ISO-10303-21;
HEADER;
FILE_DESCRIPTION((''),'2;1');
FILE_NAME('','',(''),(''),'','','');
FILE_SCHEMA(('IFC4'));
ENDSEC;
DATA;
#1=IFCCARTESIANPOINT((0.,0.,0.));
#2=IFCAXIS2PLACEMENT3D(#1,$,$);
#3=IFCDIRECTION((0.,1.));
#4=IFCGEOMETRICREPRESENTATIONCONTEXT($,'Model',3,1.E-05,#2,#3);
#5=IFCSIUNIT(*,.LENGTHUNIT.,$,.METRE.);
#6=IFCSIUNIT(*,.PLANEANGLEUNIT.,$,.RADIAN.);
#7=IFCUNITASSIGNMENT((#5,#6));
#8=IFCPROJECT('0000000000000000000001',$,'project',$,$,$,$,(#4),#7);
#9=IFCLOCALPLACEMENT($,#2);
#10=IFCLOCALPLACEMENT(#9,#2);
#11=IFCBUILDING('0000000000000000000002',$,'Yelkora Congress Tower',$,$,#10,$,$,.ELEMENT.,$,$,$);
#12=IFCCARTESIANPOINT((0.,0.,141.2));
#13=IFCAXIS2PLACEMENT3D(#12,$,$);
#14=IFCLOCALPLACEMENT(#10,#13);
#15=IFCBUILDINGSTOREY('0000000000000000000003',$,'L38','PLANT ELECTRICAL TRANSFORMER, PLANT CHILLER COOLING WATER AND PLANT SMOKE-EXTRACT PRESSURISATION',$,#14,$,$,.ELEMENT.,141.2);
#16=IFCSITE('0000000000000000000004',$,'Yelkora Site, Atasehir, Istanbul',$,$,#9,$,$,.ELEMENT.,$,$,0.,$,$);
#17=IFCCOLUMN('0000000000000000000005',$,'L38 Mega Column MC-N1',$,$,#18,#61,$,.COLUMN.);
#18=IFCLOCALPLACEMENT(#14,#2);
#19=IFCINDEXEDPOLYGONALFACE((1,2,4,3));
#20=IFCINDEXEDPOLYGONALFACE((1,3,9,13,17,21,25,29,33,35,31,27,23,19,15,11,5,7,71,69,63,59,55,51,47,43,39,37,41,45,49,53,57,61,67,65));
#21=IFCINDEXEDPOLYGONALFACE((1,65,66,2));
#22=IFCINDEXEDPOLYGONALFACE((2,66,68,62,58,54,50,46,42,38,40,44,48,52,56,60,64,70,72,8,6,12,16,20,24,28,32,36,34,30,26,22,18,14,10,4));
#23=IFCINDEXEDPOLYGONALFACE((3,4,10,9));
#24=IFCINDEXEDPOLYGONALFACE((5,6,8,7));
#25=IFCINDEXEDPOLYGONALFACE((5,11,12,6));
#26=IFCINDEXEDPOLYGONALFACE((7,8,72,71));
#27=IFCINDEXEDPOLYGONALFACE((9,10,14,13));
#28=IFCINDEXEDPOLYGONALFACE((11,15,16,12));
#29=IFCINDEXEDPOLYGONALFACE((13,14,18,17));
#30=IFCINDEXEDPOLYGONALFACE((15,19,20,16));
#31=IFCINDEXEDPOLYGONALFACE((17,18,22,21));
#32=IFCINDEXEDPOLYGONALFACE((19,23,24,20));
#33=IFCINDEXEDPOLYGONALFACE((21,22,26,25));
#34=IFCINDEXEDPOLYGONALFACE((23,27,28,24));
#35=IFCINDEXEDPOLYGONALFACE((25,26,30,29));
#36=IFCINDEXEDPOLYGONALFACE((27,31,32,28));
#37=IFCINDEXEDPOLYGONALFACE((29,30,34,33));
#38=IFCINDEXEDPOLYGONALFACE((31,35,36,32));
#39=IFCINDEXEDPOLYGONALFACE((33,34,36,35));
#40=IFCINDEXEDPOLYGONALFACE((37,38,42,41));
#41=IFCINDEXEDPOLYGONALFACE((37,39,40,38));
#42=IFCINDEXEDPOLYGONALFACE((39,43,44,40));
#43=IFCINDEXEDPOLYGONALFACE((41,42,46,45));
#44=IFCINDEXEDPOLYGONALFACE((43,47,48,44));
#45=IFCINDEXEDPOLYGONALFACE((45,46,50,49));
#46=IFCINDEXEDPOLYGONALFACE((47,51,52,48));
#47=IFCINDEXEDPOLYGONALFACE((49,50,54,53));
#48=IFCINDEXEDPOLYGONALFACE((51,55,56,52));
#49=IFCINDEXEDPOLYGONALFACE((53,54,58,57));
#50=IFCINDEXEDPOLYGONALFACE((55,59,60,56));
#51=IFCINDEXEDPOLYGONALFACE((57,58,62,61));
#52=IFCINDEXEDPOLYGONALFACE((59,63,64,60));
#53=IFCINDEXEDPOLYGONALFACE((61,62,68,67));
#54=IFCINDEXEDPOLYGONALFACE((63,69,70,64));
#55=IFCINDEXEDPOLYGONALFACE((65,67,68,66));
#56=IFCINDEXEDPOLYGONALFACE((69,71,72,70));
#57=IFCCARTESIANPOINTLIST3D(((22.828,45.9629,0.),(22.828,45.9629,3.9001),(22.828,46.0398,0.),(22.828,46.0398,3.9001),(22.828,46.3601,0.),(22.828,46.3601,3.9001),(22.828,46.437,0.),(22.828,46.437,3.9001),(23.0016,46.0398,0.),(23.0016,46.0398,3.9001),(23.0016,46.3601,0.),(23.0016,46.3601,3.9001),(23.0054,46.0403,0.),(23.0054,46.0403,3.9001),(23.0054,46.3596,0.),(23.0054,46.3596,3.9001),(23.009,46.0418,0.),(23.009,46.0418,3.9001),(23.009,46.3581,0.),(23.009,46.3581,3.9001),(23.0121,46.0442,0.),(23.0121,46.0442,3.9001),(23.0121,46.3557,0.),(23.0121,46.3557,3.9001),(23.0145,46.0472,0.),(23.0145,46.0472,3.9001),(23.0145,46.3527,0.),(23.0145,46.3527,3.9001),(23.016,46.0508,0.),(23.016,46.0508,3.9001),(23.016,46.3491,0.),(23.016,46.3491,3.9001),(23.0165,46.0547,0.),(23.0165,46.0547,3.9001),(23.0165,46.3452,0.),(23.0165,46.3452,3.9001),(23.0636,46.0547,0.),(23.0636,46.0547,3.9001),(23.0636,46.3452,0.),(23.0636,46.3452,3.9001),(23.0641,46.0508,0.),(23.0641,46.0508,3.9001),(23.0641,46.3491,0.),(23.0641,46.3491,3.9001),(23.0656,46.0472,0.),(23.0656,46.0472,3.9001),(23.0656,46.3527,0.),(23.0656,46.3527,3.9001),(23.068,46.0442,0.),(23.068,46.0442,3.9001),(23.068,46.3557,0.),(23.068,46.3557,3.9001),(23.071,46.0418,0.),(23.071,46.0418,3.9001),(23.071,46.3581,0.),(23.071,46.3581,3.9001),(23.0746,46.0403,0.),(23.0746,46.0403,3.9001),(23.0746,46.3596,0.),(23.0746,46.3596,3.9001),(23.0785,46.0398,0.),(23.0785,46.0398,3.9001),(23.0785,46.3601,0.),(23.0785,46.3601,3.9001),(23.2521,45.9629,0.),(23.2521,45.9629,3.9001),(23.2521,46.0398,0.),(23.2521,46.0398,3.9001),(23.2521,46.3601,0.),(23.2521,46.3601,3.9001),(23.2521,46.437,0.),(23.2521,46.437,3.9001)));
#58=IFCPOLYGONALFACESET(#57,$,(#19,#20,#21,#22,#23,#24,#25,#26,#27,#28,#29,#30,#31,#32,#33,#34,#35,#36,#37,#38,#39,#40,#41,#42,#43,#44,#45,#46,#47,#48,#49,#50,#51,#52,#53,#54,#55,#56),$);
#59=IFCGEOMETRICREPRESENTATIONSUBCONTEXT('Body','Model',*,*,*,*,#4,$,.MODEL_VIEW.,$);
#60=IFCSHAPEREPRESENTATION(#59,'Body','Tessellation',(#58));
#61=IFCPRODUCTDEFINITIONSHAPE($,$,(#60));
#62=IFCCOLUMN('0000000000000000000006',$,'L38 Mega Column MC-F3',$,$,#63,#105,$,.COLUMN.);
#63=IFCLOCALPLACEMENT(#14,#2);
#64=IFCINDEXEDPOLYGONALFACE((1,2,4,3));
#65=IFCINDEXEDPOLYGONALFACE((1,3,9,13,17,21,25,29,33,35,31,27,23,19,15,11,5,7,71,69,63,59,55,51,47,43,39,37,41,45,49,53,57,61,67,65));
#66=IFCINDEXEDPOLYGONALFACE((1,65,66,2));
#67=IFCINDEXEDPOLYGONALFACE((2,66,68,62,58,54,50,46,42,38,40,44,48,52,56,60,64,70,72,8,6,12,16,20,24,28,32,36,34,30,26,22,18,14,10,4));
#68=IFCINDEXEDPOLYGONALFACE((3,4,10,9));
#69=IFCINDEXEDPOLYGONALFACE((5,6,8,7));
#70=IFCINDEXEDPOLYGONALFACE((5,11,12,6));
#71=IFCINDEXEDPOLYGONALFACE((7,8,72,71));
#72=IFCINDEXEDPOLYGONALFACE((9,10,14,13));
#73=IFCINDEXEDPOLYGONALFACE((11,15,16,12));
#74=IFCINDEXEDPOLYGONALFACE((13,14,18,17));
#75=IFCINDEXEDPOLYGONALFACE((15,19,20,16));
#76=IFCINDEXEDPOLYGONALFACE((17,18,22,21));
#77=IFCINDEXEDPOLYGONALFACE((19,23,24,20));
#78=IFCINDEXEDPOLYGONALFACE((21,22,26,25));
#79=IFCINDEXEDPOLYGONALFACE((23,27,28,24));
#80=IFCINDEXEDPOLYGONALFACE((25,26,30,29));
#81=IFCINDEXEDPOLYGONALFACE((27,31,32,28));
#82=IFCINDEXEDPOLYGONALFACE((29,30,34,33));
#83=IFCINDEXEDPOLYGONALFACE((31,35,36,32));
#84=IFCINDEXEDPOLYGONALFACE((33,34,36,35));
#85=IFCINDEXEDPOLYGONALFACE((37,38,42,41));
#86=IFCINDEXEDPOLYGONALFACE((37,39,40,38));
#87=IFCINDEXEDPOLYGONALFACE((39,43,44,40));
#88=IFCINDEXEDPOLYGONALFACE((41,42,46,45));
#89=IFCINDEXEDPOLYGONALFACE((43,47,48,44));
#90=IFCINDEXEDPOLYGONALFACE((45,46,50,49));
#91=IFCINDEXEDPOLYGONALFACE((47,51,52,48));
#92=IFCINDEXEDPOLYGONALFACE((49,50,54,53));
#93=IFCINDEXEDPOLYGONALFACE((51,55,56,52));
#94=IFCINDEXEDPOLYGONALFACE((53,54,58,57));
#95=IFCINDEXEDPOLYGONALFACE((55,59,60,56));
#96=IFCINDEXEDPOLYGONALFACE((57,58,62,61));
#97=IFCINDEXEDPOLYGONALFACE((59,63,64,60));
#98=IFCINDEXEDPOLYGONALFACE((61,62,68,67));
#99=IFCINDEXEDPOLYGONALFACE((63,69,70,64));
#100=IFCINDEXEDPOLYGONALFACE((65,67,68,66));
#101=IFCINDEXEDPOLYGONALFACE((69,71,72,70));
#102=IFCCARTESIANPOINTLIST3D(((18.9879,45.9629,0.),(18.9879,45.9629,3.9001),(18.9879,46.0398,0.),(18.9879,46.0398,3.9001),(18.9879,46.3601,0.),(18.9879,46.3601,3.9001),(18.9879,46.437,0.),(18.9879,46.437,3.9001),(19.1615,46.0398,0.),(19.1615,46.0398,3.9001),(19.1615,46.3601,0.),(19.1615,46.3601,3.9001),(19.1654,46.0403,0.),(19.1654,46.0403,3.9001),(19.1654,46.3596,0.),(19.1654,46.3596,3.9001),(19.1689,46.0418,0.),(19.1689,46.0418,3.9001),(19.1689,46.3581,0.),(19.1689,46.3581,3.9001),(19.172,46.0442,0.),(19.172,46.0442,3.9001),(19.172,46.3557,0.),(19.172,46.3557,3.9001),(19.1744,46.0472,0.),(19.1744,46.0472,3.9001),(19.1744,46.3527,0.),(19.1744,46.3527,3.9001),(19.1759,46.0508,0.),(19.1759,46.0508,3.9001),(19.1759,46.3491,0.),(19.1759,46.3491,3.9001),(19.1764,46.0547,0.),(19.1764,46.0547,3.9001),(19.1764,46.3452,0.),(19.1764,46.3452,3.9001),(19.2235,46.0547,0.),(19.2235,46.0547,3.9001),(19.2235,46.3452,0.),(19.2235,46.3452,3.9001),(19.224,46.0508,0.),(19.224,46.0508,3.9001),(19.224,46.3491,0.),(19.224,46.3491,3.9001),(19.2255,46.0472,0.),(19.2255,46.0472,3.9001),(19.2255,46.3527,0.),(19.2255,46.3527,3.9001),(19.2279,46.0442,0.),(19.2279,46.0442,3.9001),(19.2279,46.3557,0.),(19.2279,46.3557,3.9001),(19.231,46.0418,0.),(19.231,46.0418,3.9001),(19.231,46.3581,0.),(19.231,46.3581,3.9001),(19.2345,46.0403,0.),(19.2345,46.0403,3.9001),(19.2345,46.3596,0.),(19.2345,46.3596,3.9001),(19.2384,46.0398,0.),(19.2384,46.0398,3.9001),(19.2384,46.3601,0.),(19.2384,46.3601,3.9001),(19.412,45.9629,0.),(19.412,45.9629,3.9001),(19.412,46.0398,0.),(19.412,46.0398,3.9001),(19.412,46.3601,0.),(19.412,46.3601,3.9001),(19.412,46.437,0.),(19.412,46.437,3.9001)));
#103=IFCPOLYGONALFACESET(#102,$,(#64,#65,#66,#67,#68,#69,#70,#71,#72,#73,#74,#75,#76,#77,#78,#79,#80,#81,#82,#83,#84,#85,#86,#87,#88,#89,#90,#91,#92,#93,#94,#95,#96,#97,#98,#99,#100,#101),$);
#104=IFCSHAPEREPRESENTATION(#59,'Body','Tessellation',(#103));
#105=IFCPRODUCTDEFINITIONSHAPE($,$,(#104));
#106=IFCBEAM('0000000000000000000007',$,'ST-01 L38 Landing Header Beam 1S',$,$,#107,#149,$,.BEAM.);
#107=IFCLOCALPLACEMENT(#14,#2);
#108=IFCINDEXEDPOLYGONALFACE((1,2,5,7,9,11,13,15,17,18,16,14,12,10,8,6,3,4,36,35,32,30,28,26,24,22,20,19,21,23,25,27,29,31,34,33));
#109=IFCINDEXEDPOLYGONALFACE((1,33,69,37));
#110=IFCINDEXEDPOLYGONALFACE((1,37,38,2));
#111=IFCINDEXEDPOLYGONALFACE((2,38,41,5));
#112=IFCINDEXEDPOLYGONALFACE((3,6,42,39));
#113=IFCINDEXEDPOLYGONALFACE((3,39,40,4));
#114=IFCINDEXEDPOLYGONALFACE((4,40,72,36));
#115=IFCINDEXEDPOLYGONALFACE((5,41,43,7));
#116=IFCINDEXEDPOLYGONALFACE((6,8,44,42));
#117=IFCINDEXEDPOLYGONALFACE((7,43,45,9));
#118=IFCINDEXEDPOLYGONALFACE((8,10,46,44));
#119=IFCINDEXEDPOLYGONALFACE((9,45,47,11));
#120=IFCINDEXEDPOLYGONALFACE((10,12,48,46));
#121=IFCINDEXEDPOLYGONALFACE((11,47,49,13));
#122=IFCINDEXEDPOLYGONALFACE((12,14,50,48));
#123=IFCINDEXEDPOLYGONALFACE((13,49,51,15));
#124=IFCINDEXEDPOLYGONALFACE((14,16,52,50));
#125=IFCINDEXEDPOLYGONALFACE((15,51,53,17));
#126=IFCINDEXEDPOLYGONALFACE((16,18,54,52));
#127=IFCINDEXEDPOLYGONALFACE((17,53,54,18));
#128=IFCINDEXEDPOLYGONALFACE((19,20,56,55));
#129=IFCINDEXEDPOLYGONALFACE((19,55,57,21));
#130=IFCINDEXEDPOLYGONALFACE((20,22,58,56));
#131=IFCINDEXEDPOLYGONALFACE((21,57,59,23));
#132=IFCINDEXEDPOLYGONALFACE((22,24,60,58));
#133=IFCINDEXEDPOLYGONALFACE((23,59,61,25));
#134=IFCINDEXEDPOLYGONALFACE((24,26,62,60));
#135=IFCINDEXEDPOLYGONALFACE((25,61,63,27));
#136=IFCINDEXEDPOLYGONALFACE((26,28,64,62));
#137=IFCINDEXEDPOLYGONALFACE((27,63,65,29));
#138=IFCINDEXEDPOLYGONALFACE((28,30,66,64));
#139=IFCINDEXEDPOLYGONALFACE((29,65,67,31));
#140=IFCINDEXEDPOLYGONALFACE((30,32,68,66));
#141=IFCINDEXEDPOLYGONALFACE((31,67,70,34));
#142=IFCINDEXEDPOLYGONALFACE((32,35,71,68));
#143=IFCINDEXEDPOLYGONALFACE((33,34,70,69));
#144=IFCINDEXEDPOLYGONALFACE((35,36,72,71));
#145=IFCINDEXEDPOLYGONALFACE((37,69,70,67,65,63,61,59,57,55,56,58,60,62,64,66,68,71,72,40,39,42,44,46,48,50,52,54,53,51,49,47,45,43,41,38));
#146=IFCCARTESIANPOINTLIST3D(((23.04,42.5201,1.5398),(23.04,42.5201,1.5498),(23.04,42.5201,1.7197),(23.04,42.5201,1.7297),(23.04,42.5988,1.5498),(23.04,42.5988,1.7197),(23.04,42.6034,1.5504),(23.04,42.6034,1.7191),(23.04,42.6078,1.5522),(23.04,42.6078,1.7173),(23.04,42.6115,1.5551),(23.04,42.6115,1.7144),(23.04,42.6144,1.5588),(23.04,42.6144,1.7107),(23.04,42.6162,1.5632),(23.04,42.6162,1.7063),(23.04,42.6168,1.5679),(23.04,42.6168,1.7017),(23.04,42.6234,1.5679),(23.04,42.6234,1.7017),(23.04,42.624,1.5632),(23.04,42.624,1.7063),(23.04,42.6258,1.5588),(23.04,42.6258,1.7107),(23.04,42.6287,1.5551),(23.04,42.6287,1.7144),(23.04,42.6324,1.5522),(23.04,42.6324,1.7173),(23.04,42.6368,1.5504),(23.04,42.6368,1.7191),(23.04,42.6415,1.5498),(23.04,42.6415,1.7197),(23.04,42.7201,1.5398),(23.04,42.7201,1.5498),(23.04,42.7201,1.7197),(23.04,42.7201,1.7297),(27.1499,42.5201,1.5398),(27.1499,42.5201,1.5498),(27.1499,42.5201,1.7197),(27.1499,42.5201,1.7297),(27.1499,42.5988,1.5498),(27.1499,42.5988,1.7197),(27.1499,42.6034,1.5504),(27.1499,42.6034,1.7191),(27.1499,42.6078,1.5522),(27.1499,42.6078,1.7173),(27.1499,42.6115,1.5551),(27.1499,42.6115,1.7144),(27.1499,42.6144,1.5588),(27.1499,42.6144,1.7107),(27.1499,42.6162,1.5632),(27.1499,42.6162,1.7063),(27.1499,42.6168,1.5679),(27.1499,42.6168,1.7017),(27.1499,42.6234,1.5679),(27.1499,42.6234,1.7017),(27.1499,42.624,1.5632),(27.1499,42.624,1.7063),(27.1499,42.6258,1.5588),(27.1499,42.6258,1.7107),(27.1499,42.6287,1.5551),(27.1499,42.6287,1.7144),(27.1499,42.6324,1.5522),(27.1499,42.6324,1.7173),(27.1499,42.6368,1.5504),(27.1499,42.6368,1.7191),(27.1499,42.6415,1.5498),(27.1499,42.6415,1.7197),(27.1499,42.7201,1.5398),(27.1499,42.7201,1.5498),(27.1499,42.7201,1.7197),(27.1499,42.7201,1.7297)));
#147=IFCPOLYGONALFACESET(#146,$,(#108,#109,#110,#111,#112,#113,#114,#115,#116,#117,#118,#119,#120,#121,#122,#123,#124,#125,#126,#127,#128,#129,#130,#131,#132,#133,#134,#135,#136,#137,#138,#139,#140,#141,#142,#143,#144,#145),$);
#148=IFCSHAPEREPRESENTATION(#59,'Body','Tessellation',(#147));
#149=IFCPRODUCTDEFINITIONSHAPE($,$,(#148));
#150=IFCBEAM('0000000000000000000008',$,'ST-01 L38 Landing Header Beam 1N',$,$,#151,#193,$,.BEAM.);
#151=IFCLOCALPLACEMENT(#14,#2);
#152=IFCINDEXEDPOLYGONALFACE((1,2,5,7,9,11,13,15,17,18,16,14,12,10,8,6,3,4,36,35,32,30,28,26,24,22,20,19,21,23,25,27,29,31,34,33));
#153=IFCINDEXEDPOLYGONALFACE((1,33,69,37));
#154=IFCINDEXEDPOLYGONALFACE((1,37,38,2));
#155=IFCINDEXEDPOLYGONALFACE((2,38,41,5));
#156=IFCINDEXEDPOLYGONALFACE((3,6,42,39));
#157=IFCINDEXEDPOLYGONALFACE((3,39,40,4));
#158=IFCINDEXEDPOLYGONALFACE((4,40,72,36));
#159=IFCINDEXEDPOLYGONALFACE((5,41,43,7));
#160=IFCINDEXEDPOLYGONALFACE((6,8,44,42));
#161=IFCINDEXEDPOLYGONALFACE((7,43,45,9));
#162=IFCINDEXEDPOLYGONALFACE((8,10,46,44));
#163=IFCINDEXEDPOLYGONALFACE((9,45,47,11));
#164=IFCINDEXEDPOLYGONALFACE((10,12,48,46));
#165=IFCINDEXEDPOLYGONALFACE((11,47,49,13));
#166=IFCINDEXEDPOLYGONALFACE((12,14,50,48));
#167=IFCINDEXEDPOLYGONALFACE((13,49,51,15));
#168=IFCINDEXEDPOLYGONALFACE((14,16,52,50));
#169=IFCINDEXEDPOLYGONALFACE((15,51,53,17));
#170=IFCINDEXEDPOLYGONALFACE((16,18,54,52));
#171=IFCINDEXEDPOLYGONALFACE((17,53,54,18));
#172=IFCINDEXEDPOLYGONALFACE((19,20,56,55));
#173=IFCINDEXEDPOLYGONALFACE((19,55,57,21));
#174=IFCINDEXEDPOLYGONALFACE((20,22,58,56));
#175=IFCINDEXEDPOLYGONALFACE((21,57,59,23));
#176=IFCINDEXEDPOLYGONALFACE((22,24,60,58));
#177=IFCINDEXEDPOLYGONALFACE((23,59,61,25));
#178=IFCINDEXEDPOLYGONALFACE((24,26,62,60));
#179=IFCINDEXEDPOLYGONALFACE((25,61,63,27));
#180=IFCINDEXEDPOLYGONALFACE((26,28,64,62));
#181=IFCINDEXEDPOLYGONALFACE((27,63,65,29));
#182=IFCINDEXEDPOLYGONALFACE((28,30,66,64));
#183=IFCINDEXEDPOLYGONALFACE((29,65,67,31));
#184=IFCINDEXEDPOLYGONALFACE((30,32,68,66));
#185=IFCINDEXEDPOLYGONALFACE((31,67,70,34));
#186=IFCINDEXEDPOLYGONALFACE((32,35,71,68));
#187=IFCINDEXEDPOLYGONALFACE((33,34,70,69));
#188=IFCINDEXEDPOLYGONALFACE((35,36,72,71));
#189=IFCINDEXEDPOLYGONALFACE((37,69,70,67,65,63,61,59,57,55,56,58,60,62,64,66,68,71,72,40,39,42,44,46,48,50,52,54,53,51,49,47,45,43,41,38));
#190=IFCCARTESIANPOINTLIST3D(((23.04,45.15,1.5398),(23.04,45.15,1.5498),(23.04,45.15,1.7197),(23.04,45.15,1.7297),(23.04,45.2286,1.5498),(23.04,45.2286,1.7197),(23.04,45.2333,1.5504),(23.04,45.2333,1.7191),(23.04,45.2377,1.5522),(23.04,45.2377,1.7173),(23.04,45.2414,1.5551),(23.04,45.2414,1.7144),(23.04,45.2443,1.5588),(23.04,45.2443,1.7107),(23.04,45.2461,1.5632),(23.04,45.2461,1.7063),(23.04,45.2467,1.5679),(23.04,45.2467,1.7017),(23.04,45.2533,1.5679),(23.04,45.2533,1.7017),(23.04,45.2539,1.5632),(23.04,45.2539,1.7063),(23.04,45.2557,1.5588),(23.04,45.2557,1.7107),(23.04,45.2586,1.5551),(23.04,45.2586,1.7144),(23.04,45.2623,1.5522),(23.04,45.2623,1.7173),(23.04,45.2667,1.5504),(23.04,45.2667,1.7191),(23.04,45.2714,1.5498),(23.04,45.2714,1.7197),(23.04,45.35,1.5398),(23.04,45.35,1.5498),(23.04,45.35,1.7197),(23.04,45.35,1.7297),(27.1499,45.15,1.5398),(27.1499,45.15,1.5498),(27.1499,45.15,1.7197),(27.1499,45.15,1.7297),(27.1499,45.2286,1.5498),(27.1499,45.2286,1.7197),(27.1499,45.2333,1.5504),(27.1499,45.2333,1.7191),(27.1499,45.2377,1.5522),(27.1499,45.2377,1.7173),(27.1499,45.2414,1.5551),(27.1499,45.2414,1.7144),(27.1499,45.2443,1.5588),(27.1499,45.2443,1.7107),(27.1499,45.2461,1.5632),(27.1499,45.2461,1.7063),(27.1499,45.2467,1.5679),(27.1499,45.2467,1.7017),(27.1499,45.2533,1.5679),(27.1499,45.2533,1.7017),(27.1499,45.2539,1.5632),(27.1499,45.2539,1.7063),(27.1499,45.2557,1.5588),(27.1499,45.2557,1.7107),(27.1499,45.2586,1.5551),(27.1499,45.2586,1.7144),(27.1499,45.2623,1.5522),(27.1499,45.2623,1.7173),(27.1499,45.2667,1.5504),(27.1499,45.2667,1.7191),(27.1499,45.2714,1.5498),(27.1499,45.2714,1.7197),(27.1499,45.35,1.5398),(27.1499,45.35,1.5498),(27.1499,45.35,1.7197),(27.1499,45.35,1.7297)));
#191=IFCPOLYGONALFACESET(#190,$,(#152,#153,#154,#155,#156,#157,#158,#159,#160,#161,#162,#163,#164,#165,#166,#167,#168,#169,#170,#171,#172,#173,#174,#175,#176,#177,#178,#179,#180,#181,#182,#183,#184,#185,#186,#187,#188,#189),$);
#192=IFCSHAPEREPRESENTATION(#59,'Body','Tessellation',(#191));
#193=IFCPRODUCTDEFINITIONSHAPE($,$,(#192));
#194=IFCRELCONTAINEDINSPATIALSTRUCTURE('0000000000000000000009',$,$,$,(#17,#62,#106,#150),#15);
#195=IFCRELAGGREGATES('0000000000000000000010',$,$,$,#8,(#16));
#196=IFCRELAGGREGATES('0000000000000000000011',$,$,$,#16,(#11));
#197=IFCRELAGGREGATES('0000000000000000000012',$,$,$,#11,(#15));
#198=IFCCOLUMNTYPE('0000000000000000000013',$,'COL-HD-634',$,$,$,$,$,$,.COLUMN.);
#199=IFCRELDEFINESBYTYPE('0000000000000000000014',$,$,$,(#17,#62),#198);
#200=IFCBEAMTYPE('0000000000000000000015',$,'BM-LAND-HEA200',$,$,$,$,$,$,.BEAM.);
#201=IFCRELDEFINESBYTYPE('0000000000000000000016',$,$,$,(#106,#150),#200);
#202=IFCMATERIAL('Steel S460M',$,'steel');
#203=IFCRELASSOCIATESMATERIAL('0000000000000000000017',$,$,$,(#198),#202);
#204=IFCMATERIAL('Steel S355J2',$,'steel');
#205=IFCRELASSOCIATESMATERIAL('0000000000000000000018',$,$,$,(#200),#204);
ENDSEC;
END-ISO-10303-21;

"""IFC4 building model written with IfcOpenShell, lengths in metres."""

from ifc_helpers import new_model, si_unit, direction, frame, origin, origin_2d, place, context, subcontext, project, spatial, i_section, extrude, material, material_profile, profile_set, type_object, element, save


model = new_model("IFC4")

# Units and contexts
model_context = context("Model", 3, precision=1e-05, world=origin(), true_north=direction((0.0, 1.0)))
body_context = subcontext(model_context, "Body", "Model", "MODEL_VIEW")
ifc_project = project(units=[si_unit("LENGTHUNIT", "METRE"), si_unit("PLANEANGLEUNIT", "RADIAN")], contexts=[model_context])

# Site, building, storey
site_placement = place(None, origin())
site = spatial("IfcSite", under=ifc_project, at=site_placement, Name="Yelkora Site, Atasehir, Istanbul", CompositionType="ELEMENT", RefElevation=0.0)
building_placement = place(site_placement, origin())
building = spatial("IfcBuilding", under=site, at=building_placement, Name="Yelkora Congress Tower", CompositionType="ELEMENT")
storey_placement = place(building_placement, frame((0.0, 0.0, 141.2)))
storey = spatial("IfcBuildingStorey", under=building, at=storey_placement, Name="L38", Description="PLANT ELECTRICAL TRANSFORMER, PLANT CHILLER COOLING WATER AND PLANT SMOKE-EXTRACT PRESSURISATION", CompositionType="ELEMENT", Elevation=141.2)

# Columns
ifc_material_1 = material(Name="Steel S460M", Category="steel")
ifc_material_profile_1 = material_profile(ifc_material_1, i_section(OverallWidth=0.4241, OverallDepth=0.4741, WebThickness=0.0471, FlangeThickness=0.0769, FilletRadius=0.0149, at=origin_2d()), Name="HD 400x634")
ifc_profile_set_1 = profile_set([ifc_material_profile_1], Name="Steel S460M")
column_type = type_object("IfcColumnType", Name="COL-HD-634", PredefinedType="COLUMN", material=ifc_profile_set_1)
for number, where, z_axis, x_axis, name in (
    (1, (23.04, 46.2, 0.0), (0.0, 0.0, 1.0), (1.0, 0.0, 0.0), "L38 Mega Column MC-N1"),
    (2, (19.2, 46.2, 0.0), (0.0, 0.0, 1.0), (1.0, 0.0, 0.0), "L38 Mega Column MC-F3"),
):
    element("IfcColumn", number, at=place(storey_placement, frame(where, z_axis=z_axis, x_axis=x_axis)), inside=storey, type_object=column_type, Name=name, PredefinedType="COLUMN", context=body_context, shape_type="SweptSolid", body=[
        extrude(i_section(OverallWidth=0.4241, OverallDepth=0.4741, WebThickness=0.0471, FlangeThickness=0.0769, FilletRadius=0.0149, at=origin_2d()), origin(), (0.0, 0.0, 1.0), 3.9001),
    ])

# Beams
ifc_material_2 = material(Name="Steel S355J2", Category="steel")
ifc_material_profile_2 = material_profile(ifc_material_2, i_section(OverallWidth=0.2, OverallDepth=0.1899, WebThickness=0.0066, FlangeThickness=0.01, FilletRadius=0.0181, at=origin_2d()), Name="HEA 200")
ifc_profile_set_2 = profile_set([ifc_material_profile_2], Name="Steel S355J2")
beam_type = type_object("IfcBeamType", Name="BM-LAND-HEA200", PredefinedType="BEAM", material=ifc_profile_set_2)
for number, where, z_axis, x_axis, name in (
    (3, (23.04, 42.6201, 1.6348), (1.0, 0.0, 0.0), (0.0, 1.0, 0.0), "ST-01 L38 Landing Header Beam 1S"),
    (4, (23.04, 45.25, 1.6348), (1.0, 0.0, 0.0), (0.0, 1.0, 0.0), "ST-01 L38 Landing Header Beam 1N"),
):
    element("IfcBeam", number, at=place(storey_placement, frame(where, z_axis=z_axis, x_axis=x_axis)), inside=storey, type_object=beam_type, Name=name, PredefinedType="BEAM", context=body_context, shape_type="SweptSolid", body=[
        extrude(i_section(OverallWidth=0.2, OverallDepth=0.1899, WebThickness=0.0066, FlangeThickness=0.01, FilletRadius=0.0181, at=origin_2d()), origin(), (0.0, 0.0, 1.0), 4.1099),
    ])

save(model, "model.ifc")
